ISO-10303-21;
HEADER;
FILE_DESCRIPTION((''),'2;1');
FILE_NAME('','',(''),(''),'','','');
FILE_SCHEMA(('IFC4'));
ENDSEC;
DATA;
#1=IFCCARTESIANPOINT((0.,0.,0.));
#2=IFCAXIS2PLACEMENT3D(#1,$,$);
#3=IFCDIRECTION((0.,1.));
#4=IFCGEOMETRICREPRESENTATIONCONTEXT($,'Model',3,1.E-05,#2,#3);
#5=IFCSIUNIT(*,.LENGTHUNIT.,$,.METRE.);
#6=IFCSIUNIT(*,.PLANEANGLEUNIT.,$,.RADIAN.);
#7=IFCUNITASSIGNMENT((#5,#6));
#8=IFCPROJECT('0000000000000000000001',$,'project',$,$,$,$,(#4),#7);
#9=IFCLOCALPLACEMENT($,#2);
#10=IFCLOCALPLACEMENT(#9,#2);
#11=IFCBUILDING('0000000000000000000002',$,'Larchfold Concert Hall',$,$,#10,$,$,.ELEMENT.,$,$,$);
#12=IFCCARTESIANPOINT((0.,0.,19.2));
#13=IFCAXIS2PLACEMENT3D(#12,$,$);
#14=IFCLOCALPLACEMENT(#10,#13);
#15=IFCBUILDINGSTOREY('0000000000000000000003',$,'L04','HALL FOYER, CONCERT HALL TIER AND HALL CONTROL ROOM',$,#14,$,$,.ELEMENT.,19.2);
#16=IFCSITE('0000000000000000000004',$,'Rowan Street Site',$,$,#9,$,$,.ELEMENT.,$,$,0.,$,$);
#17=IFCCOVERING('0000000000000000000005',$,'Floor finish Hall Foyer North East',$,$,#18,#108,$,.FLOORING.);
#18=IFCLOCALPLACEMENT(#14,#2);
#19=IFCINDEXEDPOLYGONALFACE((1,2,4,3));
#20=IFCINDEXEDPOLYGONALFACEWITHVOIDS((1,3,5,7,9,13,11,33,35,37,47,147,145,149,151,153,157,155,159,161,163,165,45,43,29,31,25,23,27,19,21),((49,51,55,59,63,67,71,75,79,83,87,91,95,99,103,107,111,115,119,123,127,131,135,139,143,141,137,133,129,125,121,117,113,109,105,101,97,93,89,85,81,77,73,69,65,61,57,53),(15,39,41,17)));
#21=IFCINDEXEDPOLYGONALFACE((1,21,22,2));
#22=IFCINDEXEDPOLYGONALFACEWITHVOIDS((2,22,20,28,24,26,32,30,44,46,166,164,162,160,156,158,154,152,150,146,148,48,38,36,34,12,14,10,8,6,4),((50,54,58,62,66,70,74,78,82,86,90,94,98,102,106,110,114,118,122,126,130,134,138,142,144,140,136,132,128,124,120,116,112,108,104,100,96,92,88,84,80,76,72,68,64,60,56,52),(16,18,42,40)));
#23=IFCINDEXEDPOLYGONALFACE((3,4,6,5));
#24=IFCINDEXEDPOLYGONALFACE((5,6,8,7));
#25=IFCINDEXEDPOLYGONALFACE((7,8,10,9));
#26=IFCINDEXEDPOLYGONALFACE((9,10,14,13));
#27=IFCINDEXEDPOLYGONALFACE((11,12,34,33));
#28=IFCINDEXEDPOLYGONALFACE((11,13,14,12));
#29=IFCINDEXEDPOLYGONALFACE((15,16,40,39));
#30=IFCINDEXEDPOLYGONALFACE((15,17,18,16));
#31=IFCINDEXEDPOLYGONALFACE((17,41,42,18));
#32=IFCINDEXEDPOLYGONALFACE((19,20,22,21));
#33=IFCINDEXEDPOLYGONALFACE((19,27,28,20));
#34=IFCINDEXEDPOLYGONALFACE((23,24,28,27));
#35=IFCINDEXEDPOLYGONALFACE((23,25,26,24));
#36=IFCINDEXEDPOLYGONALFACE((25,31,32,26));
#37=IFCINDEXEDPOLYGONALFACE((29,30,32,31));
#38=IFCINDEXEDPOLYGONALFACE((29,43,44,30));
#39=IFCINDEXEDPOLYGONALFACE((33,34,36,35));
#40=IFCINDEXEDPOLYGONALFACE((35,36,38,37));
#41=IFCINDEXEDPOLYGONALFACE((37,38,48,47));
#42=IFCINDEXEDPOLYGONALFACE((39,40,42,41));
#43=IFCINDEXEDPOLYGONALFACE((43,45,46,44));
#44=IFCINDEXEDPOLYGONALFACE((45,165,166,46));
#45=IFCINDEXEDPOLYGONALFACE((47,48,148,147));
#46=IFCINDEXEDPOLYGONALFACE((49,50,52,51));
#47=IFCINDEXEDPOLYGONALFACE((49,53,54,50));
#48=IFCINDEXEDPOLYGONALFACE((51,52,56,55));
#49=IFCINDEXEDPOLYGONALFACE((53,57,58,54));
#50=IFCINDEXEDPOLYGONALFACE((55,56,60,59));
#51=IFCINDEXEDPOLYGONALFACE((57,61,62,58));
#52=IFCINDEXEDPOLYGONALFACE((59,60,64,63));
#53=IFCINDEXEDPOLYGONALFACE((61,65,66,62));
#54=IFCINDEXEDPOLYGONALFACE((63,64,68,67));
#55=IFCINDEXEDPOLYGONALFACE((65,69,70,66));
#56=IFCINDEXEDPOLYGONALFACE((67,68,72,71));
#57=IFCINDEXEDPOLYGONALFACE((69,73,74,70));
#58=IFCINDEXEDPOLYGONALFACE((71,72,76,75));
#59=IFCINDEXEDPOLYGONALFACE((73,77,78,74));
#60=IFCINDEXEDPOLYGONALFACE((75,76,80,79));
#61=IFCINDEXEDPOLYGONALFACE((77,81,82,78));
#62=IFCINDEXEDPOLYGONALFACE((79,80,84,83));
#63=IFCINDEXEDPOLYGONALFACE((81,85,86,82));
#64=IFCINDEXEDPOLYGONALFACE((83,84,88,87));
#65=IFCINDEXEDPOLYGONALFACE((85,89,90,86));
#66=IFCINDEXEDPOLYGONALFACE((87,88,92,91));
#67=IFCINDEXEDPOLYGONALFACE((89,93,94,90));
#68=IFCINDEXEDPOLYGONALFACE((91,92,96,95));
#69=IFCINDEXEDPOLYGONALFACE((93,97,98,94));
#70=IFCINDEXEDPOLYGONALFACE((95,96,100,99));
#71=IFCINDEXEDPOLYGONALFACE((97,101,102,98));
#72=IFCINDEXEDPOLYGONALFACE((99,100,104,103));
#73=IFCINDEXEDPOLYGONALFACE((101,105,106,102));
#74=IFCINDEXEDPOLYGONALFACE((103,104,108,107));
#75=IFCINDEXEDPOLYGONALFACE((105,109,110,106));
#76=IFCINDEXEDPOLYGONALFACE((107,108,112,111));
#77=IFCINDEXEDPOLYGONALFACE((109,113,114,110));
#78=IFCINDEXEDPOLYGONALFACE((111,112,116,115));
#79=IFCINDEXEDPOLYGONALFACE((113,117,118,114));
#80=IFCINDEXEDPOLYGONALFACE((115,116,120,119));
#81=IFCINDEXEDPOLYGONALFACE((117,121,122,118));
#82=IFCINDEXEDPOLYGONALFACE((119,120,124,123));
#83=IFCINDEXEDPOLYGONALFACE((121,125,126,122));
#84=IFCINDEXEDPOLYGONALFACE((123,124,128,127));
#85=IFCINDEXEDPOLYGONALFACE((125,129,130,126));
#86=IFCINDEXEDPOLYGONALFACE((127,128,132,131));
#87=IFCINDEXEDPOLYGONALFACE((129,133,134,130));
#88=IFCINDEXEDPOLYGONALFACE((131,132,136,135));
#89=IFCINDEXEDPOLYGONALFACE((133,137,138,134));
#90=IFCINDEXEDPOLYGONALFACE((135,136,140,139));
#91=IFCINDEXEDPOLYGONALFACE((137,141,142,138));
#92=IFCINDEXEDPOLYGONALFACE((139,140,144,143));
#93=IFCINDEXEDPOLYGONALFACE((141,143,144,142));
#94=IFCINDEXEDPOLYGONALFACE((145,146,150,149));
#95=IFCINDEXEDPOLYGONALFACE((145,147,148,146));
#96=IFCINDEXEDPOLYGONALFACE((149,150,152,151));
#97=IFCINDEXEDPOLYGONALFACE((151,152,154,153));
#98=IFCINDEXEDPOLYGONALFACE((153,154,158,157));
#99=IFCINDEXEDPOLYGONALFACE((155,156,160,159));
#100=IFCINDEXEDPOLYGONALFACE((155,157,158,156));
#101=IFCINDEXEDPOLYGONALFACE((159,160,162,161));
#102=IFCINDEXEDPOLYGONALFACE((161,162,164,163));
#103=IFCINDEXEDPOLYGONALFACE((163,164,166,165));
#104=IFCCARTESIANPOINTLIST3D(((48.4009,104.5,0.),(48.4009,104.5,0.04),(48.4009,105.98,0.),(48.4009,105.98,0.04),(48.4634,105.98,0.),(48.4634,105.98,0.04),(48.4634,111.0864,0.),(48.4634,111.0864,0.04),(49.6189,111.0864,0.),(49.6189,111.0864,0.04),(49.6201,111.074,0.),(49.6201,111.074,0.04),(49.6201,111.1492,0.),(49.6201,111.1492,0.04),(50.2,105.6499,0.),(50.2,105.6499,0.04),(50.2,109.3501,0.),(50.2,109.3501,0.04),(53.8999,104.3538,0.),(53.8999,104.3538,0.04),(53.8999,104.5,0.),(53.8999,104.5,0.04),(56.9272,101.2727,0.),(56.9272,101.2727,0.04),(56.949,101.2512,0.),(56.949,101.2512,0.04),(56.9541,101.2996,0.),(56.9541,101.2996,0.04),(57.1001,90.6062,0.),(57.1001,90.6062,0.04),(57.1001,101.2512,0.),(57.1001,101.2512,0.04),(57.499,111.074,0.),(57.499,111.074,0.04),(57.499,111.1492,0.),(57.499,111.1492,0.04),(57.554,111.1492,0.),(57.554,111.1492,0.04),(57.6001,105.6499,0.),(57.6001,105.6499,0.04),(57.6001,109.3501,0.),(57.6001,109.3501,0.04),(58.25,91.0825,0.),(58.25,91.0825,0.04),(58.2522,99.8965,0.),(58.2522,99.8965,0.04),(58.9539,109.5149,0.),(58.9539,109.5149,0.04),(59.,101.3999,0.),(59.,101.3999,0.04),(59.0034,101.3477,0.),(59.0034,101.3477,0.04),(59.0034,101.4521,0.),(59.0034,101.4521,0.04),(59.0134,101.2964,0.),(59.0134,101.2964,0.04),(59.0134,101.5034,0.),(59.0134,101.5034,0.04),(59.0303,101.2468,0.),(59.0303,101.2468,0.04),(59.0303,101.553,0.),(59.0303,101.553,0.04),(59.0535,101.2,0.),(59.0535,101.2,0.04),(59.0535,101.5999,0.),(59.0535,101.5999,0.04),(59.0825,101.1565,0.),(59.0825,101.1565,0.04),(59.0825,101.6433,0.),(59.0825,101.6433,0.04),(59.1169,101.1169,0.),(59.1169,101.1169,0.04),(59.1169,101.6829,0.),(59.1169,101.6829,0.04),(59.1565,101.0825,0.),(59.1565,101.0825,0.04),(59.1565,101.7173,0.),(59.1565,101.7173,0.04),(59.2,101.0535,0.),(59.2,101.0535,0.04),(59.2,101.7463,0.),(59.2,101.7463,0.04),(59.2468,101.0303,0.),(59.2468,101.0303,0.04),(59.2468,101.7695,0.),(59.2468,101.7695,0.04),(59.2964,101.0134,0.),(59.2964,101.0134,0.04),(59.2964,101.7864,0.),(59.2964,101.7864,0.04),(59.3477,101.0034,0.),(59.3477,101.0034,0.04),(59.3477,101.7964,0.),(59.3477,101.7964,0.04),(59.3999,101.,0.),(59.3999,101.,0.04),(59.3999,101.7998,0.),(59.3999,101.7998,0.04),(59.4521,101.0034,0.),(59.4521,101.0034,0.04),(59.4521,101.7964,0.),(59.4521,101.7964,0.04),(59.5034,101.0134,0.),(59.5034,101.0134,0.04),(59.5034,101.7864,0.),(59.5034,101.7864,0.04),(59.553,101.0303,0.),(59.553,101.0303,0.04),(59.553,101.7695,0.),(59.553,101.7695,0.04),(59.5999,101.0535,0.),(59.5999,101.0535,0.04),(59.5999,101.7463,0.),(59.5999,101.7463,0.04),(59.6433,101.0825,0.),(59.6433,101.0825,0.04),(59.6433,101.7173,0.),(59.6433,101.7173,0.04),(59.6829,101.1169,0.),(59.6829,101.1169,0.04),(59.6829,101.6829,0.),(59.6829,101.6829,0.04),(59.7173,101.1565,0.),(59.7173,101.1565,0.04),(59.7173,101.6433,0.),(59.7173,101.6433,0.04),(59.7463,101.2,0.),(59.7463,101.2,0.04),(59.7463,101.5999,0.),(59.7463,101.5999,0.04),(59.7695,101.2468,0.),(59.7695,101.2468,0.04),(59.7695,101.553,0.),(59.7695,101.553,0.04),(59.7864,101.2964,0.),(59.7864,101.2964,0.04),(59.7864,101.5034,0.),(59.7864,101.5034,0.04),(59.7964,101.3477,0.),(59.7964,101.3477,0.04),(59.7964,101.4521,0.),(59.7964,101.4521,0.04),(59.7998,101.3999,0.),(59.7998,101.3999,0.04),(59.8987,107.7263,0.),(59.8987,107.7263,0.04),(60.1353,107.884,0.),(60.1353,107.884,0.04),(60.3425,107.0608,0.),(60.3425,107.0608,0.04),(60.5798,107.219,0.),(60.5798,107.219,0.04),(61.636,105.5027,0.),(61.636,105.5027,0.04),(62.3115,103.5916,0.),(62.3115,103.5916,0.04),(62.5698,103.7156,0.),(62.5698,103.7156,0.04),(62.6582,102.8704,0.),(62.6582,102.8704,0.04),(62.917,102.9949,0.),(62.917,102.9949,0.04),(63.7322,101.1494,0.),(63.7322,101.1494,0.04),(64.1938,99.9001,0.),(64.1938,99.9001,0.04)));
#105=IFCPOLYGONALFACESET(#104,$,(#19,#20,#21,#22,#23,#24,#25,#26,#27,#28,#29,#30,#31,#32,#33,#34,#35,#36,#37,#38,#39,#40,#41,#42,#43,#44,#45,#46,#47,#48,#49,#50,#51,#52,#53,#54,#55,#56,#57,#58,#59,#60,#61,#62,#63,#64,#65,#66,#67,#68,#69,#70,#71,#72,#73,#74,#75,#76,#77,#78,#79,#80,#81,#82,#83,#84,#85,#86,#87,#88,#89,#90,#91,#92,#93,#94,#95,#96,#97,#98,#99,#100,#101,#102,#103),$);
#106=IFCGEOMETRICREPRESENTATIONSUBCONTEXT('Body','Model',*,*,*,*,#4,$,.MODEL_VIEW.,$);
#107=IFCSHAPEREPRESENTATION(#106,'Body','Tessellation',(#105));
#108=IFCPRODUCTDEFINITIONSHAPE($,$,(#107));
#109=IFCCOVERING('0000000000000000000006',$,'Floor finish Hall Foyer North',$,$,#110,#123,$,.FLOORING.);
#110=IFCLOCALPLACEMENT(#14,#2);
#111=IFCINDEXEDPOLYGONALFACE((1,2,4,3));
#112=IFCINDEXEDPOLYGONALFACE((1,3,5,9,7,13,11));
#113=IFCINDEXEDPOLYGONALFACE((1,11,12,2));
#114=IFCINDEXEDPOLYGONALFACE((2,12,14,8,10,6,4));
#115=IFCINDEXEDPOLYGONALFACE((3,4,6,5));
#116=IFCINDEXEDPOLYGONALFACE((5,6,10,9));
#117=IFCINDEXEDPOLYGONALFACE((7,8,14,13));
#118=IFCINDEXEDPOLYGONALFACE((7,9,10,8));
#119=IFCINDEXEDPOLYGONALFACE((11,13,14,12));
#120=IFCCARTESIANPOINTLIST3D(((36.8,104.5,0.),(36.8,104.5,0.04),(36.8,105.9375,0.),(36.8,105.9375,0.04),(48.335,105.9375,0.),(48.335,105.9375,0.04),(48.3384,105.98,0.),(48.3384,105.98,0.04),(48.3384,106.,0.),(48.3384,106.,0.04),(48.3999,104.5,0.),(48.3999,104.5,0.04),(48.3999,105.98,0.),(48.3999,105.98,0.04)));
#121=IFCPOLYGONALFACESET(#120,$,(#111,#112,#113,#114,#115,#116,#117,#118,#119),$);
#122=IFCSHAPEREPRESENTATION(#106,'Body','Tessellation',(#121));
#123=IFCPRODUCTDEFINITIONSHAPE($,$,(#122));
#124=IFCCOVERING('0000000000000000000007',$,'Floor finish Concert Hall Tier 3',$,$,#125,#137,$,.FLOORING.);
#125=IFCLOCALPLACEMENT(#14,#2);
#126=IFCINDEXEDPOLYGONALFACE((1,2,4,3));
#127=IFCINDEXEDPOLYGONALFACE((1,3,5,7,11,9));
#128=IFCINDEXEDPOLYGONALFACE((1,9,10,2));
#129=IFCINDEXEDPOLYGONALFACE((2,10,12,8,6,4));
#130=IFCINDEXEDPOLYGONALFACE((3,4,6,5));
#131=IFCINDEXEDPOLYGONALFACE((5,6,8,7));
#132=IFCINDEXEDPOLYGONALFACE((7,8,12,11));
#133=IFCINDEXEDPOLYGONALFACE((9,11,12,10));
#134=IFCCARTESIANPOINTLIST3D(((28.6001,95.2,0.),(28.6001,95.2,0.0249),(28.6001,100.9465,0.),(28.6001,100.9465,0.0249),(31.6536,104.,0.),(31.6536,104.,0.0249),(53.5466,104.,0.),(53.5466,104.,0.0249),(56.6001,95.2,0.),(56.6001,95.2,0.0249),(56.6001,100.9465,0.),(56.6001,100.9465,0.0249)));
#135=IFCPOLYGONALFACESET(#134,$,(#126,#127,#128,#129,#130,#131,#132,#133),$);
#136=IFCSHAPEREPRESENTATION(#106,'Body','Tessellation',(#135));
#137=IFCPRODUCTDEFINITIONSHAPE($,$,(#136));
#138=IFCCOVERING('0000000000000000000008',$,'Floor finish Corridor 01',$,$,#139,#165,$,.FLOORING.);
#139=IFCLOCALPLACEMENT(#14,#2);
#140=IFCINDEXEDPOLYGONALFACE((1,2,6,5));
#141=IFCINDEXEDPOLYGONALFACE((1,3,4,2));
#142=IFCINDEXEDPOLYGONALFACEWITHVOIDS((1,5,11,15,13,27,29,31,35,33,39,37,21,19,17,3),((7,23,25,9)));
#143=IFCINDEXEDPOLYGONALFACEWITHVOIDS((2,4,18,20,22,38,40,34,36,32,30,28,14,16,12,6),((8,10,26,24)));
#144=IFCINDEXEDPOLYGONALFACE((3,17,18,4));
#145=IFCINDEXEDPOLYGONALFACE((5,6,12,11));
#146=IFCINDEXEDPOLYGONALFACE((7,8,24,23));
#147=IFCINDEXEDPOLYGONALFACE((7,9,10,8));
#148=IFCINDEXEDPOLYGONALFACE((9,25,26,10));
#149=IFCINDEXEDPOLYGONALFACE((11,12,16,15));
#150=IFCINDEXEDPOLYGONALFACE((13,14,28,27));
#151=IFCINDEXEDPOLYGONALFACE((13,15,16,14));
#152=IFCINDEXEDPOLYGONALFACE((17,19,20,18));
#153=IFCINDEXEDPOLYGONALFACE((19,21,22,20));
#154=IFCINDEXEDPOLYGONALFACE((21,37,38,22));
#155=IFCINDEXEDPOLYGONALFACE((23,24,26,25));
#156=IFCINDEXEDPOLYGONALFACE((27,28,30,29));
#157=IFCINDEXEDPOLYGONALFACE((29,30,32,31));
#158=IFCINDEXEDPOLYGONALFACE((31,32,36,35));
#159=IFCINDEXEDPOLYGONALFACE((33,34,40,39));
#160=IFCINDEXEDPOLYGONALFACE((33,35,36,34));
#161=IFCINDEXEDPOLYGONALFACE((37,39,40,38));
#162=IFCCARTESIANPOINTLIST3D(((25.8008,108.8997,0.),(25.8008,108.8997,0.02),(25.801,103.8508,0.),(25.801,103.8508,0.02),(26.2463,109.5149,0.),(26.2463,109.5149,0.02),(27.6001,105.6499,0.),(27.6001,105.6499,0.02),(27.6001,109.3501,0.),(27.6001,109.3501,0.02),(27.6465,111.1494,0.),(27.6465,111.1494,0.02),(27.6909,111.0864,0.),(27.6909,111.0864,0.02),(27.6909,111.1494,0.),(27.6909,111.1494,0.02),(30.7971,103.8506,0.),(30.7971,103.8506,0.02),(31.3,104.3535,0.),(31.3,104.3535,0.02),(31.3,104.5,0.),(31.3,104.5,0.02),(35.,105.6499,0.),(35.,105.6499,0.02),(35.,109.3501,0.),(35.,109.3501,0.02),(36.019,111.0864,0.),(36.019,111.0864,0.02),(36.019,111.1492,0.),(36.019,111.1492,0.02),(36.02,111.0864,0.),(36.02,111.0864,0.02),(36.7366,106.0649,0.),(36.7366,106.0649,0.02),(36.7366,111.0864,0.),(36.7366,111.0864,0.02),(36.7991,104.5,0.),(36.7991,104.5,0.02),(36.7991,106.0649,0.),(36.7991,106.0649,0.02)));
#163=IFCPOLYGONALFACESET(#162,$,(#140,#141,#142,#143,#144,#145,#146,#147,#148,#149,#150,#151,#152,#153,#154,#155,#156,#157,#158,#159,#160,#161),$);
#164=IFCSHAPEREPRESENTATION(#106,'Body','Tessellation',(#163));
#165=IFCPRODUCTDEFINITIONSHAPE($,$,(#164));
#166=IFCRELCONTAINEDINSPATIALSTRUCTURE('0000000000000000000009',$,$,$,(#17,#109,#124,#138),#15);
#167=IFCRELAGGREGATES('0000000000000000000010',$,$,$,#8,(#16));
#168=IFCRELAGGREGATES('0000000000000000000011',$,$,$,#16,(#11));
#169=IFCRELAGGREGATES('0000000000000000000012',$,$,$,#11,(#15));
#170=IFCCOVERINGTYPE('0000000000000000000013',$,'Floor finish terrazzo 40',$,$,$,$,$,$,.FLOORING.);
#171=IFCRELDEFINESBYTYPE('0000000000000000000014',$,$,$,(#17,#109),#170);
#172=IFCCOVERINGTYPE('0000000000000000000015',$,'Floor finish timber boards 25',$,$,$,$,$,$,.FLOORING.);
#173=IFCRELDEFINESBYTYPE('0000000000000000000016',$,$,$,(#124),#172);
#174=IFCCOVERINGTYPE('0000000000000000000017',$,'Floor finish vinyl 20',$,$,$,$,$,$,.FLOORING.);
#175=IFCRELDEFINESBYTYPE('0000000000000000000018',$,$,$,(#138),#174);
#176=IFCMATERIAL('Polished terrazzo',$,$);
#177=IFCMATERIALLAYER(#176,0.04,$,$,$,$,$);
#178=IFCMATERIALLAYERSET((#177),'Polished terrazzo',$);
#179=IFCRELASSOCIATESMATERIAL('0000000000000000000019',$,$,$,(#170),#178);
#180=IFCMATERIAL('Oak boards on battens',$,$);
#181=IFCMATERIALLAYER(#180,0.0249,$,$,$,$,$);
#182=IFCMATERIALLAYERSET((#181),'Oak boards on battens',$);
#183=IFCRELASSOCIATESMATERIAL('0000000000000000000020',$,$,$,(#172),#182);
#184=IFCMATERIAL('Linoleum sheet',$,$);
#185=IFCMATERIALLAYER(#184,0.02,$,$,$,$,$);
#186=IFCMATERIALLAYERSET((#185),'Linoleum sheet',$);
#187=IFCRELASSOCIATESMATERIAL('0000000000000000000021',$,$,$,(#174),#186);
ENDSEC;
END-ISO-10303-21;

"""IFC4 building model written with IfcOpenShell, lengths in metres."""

from ifc_helpers import new_model, si_unit, direction, frame, origin, place, context, subcontext, project, spatial, polyline, outline, extrude, material, layer, layer_set, type_object, element, save


model = new_model("IFC4")

# Units and contexts
model_context = context("Model", 3, precision=1e-05, world=origin(), true_north=direction((0.0, 1.0)))
body_context = subcontext(model_context, "Body", "Model", "MODEL_VIEW")
ifc_project = project(units=[si_unit("LENGTHUNIT", "METRE"), si_unit("PLANEANGLEUNIT", "RADIAN")], contexts=[model_context])

# Site, building, storey
site_placement = place(None, origin())
site = spatial("IfcSite", under=ifc_project, at=site_placement, Name="Rowan Street Site", CompositionType="ELEMENT", RefElevation=0.0)
building_placement = place(site_placement, origin())
building = spatial("IfcBuilding", under=site, at=building_placement, Name="Larchfold Concert Hall", CompositionType="ELEMENT")
storey_placement = place(building_placement, frame((0.0, 0.0, 19.2)))
storey = spatial("IfcBuildingStorey", under=building, at=storey_placement, Name="L04", Description="HALL FOYER, CONCERT HALL TIER AND HALL CONTROL ROOM", CompositionType="ELEMENT", Elevation=19.2)

# Coverings
ifc_material_1 = material(Name="Polished terrazzo")
ifc_layer_1 = layer(ifc_material_1, 0.04)
ifc_layer_set_1 = layer_set([ifc_layer_1], Name="Polished terrazzo")
covering_type_1 = type_object("IfcCoveringType", Name="Floor finish terrazzo 40", PredefinedType="FLOORING", material=ifc_layer_set_1)
covering_1_placement = place(storey_placement, origin())
element("IfcCovering", 1, at=covering_1_placement, inside=storey, type_object=covering_type_1, Name="Floor finish Hall Foyer North East", PredefinedType="FLOORING", context=body_context, shape_type="SweptSolid", body=[
    extrude(outline(polyline([(48.4009, 105.98), (48.4009, 104.5), (53.8999, 104.5), (53.8999, 104.3538), (56.9541, 101.2996), (56.9272, 101.2727), (56.949, 101.2512), (57.1001, 101.2512), (57.1001, 90.6062), (58.25, 91.0825), (58.2522, 99.8965), (64.1938, 99.9001), (63.7322, 101.1494), (62.917, 102.9949), (62.6582, 102.8704), (62.3115, 103.5916), (62.5698, 103.7156), (61.636, 105.5027), (60.5798, 107.219), (60.3425, 107.0608), (59.8987, 107.7263), (60.1353, 107.884), (58.9539, 109.5149), (57.554, 111.1492), (57.499, 111.1492), (57.499, 111.074), (49.6201, 111.074), (49.6201, 111.1492), (49.6189, 111.0864), (48.4634, 111.0864), (48.4634, 105.98), (48.4009, 105.98)]), holes=[polyline([(59.2964, 101.0134), (59.2468, 101.0303), (59.2, 101.0535), (59.1565, 101.0825), (59.1169, 101.1169), (59.0825, 101.1565), (59.0535, 101.2), (59.0303, 101.2468), (59.0134, 101.2964), (59.0034, 101.3477), (59.0, 101.3999), (59.0034, 101.4521), (59.0134, 101.5034), (59.0303, 101.553), (59.0535, 101.5999), (59.0825, 101.6433), (59.1169, 101.6829), (59.1565, 101.7173), (59.2, 101.7463), (59.2468, 101.7695), (59.2964, 101.7864), (59.3477, 101.7964), (59.3999, 101.7998), (59.4521, 101.7964), (59.5034, 101.7864), (59.553, 101.7695), (59.5999, 101.7463), (59.6433, 101.7173), (59.6829, 101.6829), (59.7173, 101.6433), (59.7463, 101.5999), (59.7695, 101.553), (59.7864, 101.5034), (59.7964, 101.4521), (59.7998, 101.3999), (59.7964, 101.3477), (59.7864, 101.2964), (59.7695, 101.2468), (59.7463, 101.2), (59.7173, 101.1565), (59.6829, 101.1169), (59.6433, 101.0825), (59.5999, 101.0535), (59.553, 101.0303), (59.5034, 101.0134), (59.4521, 101.0034), (59.3999, 101.0), (59.3477, 101.0034), (59.2964, 101.0134)]), polyline([(50.2, 105.6499), (50.2, 109.3501), (57.6001, 109.3501), (57.6001, 105.6499), (50.2, 105.6499)])]), origin(), (0.0, 0.0, 1.0), 0.04),
])
covering_2_placement = place(storey_placement, origin())
element("IfcCovering", 2, at=covering_2_placement, inside=storey, type_object=covering_type_1, Name="Floor finish Hall Foyer North", PredefinedType="FLOORING", context=body_context, shape_type="SweptSolid", body=[
    extrude(outline(polyline([(48.3384, 106.0), (48.335, 105.9375), (36.8, 105.9375), (36.8, 104.5), (48.3999, 104.5), (48.3999, 105.98), (48.3384, 105.98), (48.3384, 106.0)])), origin(), (0.0, 0.0, 1.0), 0.04),
])
ifc_material_2 = material(Name="Oak boards on battens")
ifc_layer_2 = layer(ifc_material_2, 0.0249)
ifc_layer_set_2 = layer_set([ifc_layer_2], Name="Oak boards on battens")
covering_type_2 = type_object("IfcCoveringType", Name="Floor finish timber boards 25", PredefinedType="FLOORING", material=ifc_layer_set_2)
covering_3_placement = place(storey_placement, origin())
element("IfcCovering", 3, at=covering_3_placement, inside=storey, type_object=covering_type_2, Name="Floor finish Concert Hall Tier 3", PredefinedType="FLOORING", context=body_context, shape_type="SweptSolid", body=[
    extrude(outline(polyline([(53.5466, 104.0), (31.6536, 104.0), (28.6001, 100.9465), (28.6001, 95.2), (56.6001, 95.2), (56.6001, 100.9465), (53.5466, 104.0)])), origin(), (0.0, 0.0, 1.0), 0.0249),
])
ifc_material_3 = material(Name="Linoleum sheet")
ifc_layer_3 = layer(ifc_material_3, 0.02)
ifc_layer_set_3 = layer_set([ifc_layer_3], Name="Linoleum sheet")
covering_type_3 = type_object("IfcCoveringType", Name="Floor finish vinyl 20", PredefinedType="FLOORING", material=ifc_layer_set_3)
covering_4_placement = place(storey_placement, origin())
element("IfcCovering", 4, at=covering_4_placement, inside=storey, type_object=covering_type_3, Name="Floor finish Corridor 01", PredefinedType="FLOORING", context=body_context, shape_type="SweptSolid", body=[
    extrude(outline(polyline([(27.6909, 111.1494), (27.6465, 111.1494), (26.2463, 109.5149), (25.8008, 108.8997), (25.801, 103.8508), (30.7971, 103.8506), (31.3, 104.3535), (31.3, 104.5), (36.7991, 104.5), (36.7991, 106.0649), (36.7366, 106.0649), (36.7366, 111.0864), (36.02, 111.0864), (36.019, 111.1492), (36.019, 111.0864), (27.6909, 111.0864), (27.6909, 111.1494)]), holes=[polyline([(35.0, 105.6499), (27.6001, 105.6499), (27.6001, 109.3501), (35.0, 109.3501), (35.0, 105.6499)])]), origin(), (0.0, 0.0, 1.0), 0.02),
])

save(model, "model.ifc")
